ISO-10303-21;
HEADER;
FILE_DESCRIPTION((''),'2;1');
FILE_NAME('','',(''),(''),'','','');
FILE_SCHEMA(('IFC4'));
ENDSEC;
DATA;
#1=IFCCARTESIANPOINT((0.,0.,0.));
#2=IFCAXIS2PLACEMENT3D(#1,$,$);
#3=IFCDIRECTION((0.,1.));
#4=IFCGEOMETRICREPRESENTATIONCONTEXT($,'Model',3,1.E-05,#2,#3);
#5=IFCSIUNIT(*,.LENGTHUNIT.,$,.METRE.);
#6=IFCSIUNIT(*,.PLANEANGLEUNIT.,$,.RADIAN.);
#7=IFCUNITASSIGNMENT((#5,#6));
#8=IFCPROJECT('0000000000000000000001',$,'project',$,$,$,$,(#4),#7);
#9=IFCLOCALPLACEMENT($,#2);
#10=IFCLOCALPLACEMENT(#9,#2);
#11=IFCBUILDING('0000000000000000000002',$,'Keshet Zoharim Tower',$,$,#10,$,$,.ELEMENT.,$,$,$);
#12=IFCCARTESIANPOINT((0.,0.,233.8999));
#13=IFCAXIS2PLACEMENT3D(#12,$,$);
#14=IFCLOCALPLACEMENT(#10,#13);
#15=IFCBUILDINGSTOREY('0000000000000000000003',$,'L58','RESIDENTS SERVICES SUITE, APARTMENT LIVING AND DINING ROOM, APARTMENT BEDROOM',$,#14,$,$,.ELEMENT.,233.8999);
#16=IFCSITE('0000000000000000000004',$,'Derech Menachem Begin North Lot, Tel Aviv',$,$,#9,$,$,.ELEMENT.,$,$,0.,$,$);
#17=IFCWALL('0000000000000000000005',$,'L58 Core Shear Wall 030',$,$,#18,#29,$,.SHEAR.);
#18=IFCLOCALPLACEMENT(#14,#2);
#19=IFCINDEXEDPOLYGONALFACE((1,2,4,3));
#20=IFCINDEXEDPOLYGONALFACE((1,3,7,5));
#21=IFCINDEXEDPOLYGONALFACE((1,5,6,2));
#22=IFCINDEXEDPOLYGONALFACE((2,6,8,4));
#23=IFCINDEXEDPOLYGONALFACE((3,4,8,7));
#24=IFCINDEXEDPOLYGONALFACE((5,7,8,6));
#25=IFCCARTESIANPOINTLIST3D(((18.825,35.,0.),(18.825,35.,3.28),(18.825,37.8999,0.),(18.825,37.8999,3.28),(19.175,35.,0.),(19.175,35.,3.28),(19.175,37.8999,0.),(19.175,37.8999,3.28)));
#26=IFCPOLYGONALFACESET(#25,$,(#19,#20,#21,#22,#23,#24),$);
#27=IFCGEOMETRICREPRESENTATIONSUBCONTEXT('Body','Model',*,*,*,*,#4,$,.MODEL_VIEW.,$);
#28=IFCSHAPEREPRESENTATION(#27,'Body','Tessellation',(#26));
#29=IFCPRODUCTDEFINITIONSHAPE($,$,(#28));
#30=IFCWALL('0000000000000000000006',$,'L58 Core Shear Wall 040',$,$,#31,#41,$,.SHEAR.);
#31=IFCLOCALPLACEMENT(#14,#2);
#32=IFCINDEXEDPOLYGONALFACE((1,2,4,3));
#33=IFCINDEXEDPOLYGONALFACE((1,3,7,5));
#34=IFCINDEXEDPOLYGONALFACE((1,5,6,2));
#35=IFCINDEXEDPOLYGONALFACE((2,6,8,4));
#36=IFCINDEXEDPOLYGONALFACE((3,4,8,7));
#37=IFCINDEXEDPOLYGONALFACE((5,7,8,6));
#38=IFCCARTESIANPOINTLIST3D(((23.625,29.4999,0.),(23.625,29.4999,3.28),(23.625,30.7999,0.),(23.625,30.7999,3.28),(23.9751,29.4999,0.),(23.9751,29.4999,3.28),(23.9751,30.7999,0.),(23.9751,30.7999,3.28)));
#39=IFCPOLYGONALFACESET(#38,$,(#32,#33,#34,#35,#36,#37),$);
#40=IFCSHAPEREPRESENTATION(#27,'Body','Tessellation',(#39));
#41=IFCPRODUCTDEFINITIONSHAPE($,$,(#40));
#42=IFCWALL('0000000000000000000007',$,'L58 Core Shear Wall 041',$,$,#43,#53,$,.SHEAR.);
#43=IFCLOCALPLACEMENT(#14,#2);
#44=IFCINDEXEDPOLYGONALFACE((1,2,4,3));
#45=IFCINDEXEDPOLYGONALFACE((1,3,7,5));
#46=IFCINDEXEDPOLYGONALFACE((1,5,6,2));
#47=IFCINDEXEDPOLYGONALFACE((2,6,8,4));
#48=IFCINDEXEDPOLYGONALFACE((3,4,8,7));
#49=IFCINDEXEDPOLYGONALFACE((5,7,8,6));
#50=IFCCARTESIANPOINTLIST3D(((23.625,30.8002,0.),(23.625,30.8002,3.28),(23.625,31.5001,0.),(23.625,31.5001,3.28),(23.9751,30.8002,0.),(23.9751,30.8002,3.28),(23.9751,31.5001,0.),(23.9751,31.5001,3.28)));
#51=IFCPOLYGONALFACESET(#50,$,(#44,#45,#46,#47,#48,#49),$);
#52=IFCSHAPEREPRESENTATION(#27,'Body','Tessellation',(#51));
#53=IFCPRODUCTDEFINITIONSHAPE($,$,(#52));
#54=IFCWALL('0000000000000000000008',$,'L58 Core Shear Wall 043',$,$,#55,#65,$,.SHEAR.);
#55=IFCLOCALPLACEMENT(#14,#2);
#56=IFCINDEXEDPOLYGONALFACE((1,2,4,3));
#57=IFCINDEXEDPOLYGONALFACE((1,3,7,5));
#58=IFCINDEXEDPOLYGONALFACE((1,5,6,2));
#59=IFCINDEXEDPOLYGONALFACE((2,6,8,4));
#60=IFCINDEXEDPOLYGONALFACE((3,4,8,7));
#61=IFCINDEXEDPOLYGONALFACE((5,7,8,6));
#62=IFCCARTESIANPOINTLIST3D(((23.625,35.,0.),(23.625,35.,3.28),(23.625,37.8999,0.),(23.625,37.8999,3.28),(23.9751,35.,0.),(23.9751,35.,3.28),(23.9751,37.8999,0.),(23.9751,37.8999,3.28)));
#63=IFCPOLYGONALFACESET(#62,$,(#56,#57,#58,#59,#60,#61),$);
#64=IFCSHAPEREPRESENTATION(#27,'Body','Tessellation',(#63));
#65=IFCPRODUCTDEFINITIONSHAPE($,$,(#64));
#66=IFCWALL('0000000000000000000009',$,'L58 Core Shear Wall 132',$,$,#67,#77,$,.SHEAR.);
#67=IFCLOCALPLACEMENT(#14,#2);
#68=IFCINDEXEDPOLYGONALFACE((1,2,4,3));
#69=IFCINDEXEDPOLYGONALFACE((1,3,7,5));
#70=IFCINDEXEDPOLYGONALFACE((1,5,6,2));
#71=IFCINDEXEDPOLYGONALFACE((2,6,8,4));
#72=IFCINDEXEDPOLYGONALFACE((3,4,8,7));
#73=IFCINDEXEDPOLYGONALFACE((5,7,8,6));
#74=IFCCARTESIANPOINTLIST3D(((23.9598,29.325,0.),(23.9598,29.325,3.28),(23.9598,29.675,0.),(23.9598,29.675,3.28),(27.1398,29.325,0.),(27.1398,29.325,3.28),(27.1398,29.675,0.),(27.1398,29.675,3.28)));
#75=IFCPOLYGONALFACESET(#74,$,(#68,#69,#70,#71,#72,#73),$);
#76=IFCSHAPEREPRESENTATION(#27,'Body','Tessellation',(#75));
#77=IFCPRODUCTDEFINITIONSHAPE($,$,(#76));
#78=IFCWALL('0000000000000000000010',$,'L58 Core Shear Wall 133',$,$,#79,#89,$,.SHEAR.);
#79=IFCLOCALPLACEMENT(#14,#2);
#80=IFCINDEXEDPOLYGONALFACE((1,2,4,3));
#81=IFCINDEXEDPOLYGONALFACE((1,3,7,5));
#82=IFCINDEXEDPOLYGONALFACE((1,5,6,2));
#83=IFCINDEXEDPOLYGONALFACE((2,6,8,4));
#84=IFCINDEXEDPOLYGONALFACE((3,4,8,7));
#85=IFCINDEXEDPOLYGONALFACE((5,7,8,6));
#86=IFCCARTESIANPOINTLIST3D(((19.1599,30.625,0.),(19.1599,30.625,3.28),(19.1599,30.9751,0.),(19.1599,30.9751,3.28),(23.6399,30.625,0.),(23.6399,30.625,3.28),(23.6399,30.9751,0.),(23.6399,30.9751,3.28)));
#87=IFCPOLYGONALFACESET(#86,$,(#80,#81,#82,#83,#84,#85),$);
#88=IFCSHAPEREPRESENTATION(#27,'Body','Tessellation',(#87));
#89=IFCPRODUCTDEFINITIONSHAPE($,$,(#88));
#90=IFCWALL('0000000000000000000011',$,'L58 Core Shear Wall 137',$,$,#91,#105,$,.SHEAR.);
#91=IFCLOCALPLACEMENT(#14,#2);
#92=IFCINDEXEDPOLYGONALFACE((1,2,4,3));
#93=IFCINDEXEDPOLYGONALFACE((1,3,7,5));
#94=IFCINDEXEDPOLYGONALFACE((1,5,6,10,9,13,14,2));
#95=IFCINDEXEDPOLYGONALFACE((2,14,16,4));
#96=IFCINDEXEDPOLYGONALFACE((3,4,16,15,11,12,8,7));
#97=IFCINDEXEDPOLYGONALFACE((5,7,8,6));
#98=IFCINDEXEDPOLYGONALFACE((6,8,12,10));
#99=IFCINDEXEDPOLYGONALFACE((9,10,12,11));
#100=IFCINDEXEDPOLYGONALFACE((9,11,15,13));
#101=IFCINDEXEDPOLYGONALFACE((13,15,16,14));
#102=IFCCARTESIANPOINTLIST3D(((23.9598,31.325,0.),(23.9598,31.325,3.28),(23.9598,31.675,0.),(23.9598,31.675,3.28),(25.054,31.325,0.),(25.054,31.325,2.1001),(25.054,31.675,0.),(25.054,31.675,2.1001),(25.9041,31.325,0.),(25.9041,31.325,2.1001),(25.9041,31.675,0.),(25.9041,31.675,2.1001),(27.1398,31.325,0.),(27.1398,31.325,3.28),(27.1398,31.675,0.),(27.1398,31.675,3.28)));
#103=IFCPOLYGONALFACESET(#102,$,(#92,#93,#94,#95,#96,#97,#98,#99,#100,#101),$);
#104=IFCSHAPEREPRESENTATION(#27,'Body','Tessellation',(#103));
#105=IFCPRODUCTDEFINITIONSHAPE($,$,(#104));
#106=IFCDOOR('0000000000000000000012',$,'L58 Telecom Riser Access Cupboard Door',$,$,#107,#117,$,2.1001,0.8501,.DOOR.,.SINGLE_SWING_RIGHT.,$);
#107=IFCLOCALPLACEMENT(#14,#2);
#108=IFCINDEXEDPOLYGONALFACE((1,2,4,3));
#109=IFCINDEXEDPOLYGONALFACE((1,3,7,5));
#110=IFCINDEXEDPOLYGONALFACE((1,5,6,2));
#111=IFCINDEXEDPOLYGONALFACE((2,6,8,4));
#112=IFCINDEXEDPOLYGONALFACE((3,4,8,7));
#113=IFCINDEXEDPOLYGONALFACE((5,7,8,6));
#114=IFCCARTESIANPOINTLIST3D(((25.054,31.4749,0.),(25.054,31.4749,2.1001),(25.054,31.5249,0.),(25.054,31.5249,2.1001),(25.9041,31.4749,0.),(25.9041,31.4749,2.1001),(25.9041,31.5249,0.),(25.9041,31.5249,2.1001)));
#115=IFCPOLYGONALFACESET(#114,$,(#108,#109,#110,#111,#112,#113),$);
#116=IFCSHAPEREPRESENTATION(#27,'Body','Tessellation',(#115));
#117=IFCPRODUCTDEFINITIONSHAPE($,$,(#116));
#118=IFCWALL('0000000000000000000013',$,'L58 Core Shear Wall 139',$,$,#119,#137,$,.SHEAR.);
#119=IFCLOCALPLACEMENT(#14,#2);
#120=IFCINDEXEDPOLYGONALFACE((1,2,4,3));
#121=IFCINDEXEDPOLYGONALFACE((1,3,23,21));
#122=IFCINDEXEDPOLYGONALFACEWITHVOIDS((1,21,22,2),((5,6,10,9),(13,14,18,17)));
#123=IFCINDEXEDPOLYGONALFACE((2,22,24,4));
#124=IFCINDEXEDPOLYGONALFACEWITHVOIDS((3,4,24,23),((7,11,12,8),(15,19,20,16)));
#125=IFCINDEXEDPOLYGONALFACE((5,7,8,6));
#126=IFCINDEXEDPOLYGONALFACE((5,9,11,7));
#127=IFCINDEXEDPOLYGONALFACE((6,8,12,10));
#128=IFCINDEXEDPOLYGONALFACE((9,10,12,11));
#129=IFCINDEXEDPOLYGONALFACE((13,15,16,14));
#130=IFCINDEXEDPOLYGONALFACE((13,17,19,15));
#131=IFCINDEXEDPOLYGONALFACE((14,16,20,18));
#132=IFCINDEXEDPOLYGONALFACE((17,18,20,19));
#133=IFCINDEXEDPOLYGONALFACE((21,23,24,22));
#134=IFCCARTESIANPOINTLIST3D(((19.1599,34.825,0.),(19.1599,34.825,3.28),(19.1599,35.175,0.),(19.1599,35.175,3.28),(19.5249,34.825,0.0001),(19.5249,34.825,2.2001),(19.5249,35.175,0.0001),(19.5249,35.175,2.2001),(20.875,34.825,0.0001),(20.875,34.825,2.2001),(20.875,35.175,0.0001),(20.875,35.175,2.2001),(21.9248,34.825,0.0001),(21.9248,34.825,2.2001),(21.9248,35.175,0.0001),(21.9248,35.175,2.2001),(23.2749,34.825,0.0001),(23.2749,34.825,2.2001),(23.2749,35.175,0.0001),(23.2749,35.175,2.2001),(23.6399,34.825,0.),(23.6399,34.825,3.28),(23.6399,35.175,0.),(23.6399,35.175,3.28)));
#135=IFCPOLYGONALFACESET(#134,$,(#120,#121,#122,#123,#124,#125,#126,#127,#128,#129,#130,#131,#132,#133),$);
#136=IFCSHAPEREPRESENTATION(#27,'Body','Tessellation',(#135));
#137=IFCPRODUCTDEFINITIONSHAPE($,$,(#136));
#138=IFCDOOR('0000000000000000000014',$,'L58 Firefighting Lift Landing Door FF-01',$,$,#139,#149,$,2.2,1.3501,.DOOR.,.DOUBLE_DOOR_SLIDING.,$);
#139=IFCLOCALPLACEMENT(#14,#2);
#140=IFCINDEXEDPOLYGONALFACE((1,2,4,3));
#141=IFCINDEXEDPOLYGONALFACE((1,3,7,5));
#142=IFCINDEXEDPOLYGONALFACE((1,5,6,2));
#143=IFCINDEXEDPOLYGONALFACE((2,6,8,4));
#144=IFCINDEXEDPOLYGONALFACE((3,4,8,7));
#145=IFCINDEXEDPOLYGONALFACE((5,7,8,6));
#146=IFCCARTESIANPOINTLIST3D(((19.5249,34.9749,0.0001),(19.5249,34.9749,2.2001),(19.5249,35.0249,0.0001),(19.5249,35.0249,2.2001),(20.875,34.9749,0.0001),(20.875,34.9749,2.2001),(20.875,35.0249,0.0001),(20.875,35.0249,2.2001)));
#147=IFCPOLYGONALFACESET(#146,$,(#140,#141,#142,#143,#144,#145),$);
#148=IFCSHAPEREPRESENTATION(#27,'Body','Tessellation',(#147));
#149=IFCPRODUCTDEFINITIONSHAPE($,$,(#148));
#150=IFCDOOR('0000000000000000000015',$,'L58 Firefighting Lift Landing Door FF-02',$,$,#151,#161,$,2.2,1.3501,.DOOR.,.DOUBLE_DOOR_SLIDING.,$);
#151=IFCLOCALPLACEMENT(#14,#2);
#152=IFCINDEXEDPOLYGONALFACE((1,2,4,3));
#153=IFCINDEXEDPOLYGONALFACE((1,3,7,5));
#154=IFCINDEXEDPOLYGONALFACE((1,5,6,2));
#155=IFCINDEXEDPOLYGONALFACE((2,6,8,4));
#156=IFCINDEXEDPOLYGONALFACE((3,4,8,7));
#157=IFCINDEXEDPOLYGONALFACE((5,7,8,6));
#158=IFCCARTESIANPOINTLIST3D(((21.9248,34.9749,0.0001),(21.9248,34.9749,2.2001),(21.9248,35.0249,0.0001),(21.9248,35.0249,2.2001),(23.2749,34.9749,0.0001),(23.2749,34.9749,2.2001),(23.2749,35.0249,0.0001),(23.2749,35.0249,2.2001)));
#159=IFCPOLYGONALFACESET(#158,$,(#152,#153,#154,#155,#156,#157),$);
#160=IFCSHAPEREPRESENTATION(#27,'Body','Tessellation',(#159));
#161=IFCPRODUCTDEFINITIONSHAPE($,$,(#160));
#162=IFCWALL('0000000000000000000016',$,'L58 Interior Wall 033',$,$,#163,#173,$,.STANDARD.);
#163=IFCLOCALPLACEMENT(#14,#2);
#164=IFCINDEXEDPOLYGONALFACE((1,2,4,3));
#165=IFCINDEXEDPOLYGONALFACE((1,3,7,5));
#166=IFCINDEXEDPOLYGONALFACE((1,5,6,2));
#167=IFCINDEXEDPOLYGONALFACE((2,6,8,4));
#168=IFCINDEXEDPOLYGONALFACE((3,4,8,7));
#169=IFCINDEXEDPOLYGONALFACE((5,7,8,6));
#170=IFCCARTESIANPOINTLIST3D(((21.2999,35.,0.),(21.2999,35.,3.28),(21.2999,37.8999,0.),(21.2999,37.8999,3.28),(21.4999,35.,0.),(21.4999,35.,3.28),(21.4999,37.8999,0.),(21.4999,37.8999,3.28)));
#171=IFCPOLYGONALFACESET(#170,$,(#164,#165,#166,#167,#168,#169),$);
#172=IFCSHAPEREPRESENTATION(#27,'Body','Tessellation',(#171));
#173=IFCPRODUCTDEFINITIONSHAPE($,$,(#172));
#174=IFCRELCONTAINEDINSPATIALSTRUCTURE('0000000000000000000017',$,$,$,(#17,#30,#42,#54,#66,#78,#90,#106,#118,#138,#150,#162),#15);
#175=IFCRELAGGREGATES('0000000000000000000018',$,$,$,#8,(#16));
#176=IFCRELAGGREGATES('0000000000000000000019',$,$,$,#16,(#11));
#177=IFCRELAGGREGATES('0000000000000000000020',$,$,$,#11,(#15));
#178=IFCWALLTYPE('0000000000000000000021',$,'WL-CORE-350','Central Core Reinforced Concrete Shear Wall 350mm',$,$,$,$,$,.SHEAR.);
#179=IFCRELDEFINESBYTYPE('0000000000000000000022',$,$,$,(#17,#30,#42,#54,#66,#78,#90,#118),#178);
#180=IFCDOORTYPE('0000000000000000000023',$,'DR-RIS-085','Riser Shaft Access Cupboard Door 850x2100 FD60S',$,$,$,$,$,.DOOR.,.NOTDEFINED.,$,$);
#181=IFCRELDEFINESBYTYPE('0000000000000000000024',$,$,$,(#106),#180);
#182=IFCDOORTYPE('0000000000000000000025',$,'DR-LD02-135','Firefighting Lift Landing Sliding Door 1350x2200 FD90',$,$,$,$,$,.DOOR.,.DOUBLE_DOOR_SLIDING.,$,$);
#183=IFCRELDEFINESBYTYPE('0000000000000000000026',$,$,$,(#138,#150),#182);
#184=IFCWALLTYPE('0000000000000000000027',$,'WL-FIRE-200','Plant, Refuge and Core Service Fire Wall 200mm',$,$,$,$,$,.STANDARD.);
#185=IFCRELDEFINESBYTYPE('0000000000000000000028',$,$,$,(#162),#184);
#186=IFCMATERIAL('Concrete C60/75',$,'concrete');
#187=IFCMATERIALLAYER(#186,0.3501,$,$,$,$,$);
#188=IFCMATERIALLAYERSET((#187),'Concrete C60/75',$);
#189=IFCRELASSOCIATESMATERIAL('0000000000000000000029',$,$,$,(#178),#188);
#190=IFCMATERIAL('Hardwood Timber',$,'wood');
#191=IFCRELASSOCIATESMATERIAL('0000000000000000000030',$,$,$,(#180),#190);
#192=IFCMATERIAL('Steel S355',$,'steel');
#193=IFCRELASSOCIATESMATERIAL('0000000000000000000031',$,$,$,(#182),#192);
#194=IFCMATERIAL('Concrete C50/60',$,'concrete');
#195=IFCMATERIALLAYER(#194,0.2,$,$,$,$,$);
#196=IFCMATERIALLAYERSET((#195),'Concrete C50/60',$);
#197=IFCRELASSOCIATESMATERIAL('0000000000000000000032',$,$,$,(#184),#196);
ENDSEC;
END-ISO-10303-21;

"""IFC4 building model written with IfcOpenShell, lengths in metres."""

from ifc_helpers import new_model, si_unit, direction, frame, frame_2d, origin, place, context, subcontext, project, spatial, rectangle, extrude, material, layer, layer_set, type_object, element, fill, save


model = new_model("IFC4")

# Units and contexts
model_context = context("Model", 3, precision=1e-05, world=origin(), true_north=direction((0.0, 1.0)))
body_context = subcontext(model_context, "Body", "Model", "MODEL_VIEW")
ifc_project = project(units=[si_unit("LENGTHUNIT", "METRE"), si_unit("PLANEANGLEUNIT", "RADIAN")], contexts=[model_context])

# Site, building, storey
site_placement = place(None, origin())
site = spatial("IfcSite", under=ifc_project, at=site_placement, Name="Derech Menachem Begin North Lot, Tel Aviv", CompositionType="ELEMENT", RefElevation=0.0)
building_placement = place(site_placement, origin())
building = spatial("IfcBuilding", under=site, at=building_placement, Name="Keshet Zoharim Tower", CompositionType="ELEMENT")
storey_placement = place(building_placement, frame((0.0, 0.0, 233.8999)))
storey = spatial("IfcBuildingStorey", under=building, at=storey_placement, Name="L58", Description="RESIDENTS SERVICES SUITE, APARTMENT LIVING AND DINING ROOM, APARTMENT BEDROOM", CompositionType="ELEMENT", Elevation=233.8999)

# Walls
ifc_material_1 = material(Name="Concrete C60/75", Category="concrete")
ifc_layer_1 = layer(ifc_material_1, 0.3501)
ifc_layer_set_1 = layer_set([ifc_layer_1], Name="Concrete C60/75")
wall_type_1 = type_object("IfcWallType", Name="WL-CORE-350", Description="Central Core Reinforced Concrete Shear Wall 350mm", PredefinedType="SHEAR", material=ifc_layer_set_1)
wall_1_placement = place(storey_placement, frame((19.0, 35.0, 0.0), z_axis=(0.0, 0.0, 1.0), x_axis=(0.0, 1.0, 0.0)))
element("IfcWall", 1, at=wall_1_placement, inside=storey, type_object=wall_type_1, Name="L58 Core Shear Wall 030", PredefinedType="SHEAR", context=body_context, shape_type="SweptSolid", body=[
    extrude(rectangle(XDim=2.8999, YDim=0.3501, at=frame_2d((1.45, 0.0))), origin(), (0.0, 0.0, 1.0), 3.28),
])
wall_2_placement = place(storey_placement, frame((23.8, 29.5, 0.0), z_axis=(0.0, 0.0, 1.0), x_axis=(0.0, 1.0, 0.0)))
element("IfcWall", 2, at=wall_2_placement, inside=storey, type_object=wall_type_1, Name="L58 Core Shear Wall 040", PredefinedType="SHEAR", context=body_context, shape_type="SweptSolid", body=[
    extrude(rectangle(XDim=1.3, YDim=0.3501, at=frame_2d((0.6499, 0.0))), origin(), (0.0, 0.0, 1.0), 3.28),
])
wall_3_placement = place(storey_placement, frame((23.8, 30.8, 0.0), z_axis=(0.0, 0.0, 1.0), x_axis=(0.0, 1.0, 0.0)))
element("IfcWall", 3, at=wall_3_placement, inside=storey, type_object=wall_type_1, Name="L58 Core Shear Wall 041", PredefinedType="SHEAR", context=body_context, shape_type="SweptSolid", body=[
    extrude(rectangle(XDim=0.7, YDim=0.3501, at=frame_2d((0.3501, 0.0))), origin(), (0.0, 0.0, 1.0), 3.28),
])

# Shared definitions
ifc_material_2 = material(Name="Hardwood Timber", Category="wood")

# Walls
wall_4_placement = place(storey_placement, frame((23.8, 35.0, 0.0), z_axis=(0.0, 0.0, 1.0), x_axis=(0.0, 1.0, 0.0)))
element("IfcWall", 4, at=wall_4_placement, inside=storey, type_object=wall_type_1, Name="L58 Core Shear Wall 043", PredefinedType="SHEAR", context=body_context, shape_type="SweptSolid", body=[
    extrude(rectangle(XDim=2.8999, YDim=0.3501, at=frame_2d((1.45, 0.0))), origin(), (0.0, 0.0, 1.0), 3.28),
])
wall_5_placement = place(storey_placement, frame((23.96, 29.5, 0.0), z_axis=(0.0, 0.0, 1.0), x_axis=(1.0, 0.0, 0.0)))
element("IfcWall", 5, at=wall_5_placement, inside=storey, type_object=wall_type_1, Name="L58 Core Shear Wall 132", PredefinedType="SHEAR", context=body_context, shape_type="SweptSolid", body=[
    extrude(rectangle(XDim=3.1799, YDim=0.3501, at=frame_2d((1.5898, 0.0))), origin(), (0.0, 0.0, 1.0), 3.28),
])
wall_6_placement = place(storey_placement, frame((19.1599, 30.8, 0.0), z_axis=(0.0, 0.0, 1.0), x_axis=(1.0, 0.0, 0.0)))
element("IfcWall", 6, at=wall_6_placement, inside=storey, type_object=wall_type_1, Name="L58 Core Shear Wall 133", PredefinedType="SHEAR", context=body_context, shape_type="SweptSolid", body=[
    extrude(rectangle(XDim=4.48, YDim=0.3501, at=frame_2d((2.24, 0.0))), origin(), (0.0, 0.0, 1.0), 3.28),
])

# Wall, opening, door
wall_7_placement = place(storey_placement, frame((23.96, 31.5, 0.0), z_axis=(0.0, 0.0, 1.0), x_axis=(1.0, 0.0, 0.0)))
wall_7 = element("IfcWall", 7, at=wall_7_placement, inside=storey, type_object=wall_type_1, Name="L58 Core Shear Wall 137", PredefinedType="SHEAR", context=body_context, shape_type="SweptSolid", body=[
    extrude(rectangle(XDim=3.1799, YDim=0.3501, at=frame_2d((1.5898, 0.0))), origin(), (0.0, 0.0, 1.0), 3.28),
])
opening_1_placement = place(wall_7_placement, frame((1.094, 0.0, 0.0)))
opening_1 = element("IfcOpeningElement", 8, at=opening_1_placement, cuts=wall_7, PredefinedType="OPENING", context=body_context, shape_type="SweptSolid", body=[
    extrude(rectangle(XDim=0.8501, YDim=2.1001, at=frame_2d((0.425, 1.05))), frame((0.0, 0.1851, 0.0), z_axis=(0.0, -1.0, 0.0), x_axis=(1.0, 0.0, 0.0)), (0.0, 0.0, 1.0), 0.3701),
])
door_type_1 = type_object("IfcDoorType", Name="DR-RIS-085", Description="Riser Shaft Access Cupboard Door 850x2100 FD60S", OperationType="NOTDEFINED", PredefinedType="DOOR", material=ifc_material_2)
door_1_placement = place(opening_1_placement, origin())
door_1 = element("IfcDoor", 9, at=door_1_placement, inside=storey, type_object=door_type_1, Name="L58 Telecom Riser Access Cupboard Door", OperationType="SINGLE_SWING_RIGHT", OverallHeight=2.1001, OverallWidth=0.8501, PredefinedType="DOOR", context=body_context, shape_type="SweptSolid", body=[
    extrude(rectangle(XDim=0.8501, YDim=2.1001, at=frame_2d((0.425, 1.05))), frame((0.0, 0.0249, 0.0), z_axis=(0.0, -1.0, 0.0), x_axis=(1.0, 0.0, 0.0)), (0.0, 0.0, 1.0), 0.05),
])
fill(opening_1, door_1)

# Wall, openings, doors
wall_8_placement = place(storey_placement, frame((19.1599, 35.0, 0.0), z_axis=(0.0, 0.0, 1.0), x_axis=(1.0, 0.0, 0.0)))
wall_8 = element("IfcWall", 10, at=wall_8_placement, inside=storey, type_object=wall_type_1, Name="L58 Core Shear Wall 139", PredefinedType="SHEAR", context=body_context, shape_type="SweptSolid", body=[
    extrude(rectangle(XDim=4.48, YDim=0.3501, at=frame_2d((2.24, 0.0))), origin(), (0.0, 0.0, 1.0), 3.28),
])
opening_2_placement = place(wall_8_placement, frame((0.365, 0.0, 0.0)))
opening_2 = element("IfcOpeningElement", 11, at=opening_2_placement, cuts=wall_8, PredefinedType="OPENING", context=body_context, shape_type="SweptSolid", body=[
    extrude(rectangle(XDim=1.3501, YDim=2.2, at=frame_2d((0.675, 1.1001))), frame((0.0, 0.1851, 0.0), z_axis=(0.0, -1.0, 0.0), x_axis=(1.0, 0.0, 0.0)), (0.0, 0.0, 1.0), 0.3701),
])
opening_3_placement = place(wall_8_placement, frame((2.7649, 0.0, 0.0)))
opening_3 = element("IfcOpeningElement", 12, at=opening_3_placement, cuts=wall_8, PredefinedType="OPENING", context=body_context, shape_type="SweptSolid", body=[
    extrude(rectangle(XDim=1.3501, YDim=2.2, at=frame_2d((0.675, 1.1001))), frame((0.0, 0.1851, 0.0), z_axis=(0.0, -1.0, 0.0), x_axis=(1.0, 0.0, 0.0)), (0.0, 0.0, 1.0), 0.3701),
])
ifc_material_3 = material(Name="Steel S355", Category="steel")
door_type_2 = type_object("IfcDoorType", Name="DR-LD02-135", Description="Firefighting Lift Landing Sliding Door 1350x2200 FD90", OperationType="DOUBLE_DOOR_SLIDING", PredefinedType="DOOR", material=ifc_material_3)
door_2_placement = place(opening_2_placement, origin())
door_2 = element("IfcDoor", 13, at=door_2_placement, inside=storey, type_object=door_type_2, Name="L58 Firefighting Lift Landing Door FF-01", OperationType="DOUBLE_DOOR_SLIDING", OverallHeight=2.2, OverallWidth=1.3501, PredefinedType="DOOR", context=body_context, shape_type="SweptSolid", body=[
    extrude(rectangle(XDim=1.3501, YDim=2.2, at=frame_2d((0.675, 1.1001))), frame((0.0, 0.0249, 0.0), z_axis=(0.0, -1.0, 0.0), x_axis=(1.0, 0.0, 0.0)), (0.0, 0.0, 1.0), 0.05),
])
fill(opening_2, door_2)
door_3_placement = place(opening_3_placement, origin())
door_3 = element("IfcDoor", 14, at=door_3_placement, inside=storey, type_object=door_type_2, Name="L58 Firefighting Lift Landing Door FF-02", OperationType="DOUBLE_DOOR_SLIDING", OverallHeight=2.2, OverallWidth=1.3501, PredefinedType="DOOR", context=body_context, shape_type="SweptSolid", body=[
    extrude(rectangle(XDim=1.3501, YDim=2.2, at=frame_2d((0.675, 1.1001))), frame((0.0, 0.0249, 0.0), z_axis=(0.0, -1.0, 0.0), x_axis=(1.0, 0.0, 0.0)), (0.0, 0.0, 1.0), 0.05),
])
fill(opening_3, door_3)

# Wall
ifc_material_4 = material(Name="Concrete C50/60", Category="concrete")
ifc_layer_2 = layer(ifc_material_4, 0.2)
ifc_layer_set_2 = layer_set([ifc_layer_2], Name="Concrete C50/60")
wall_type_2 = type_object("IfcWallType", Name="WL-FIRE-200", Description="Plant, Refuge and Core Service Fire Wall 200mm", PredefinedType="STANDARD", material=ifc_layer_set_2)
wall_9_placement = place(storey_placement, frame((21.3999, 35.0, 0.0), z_axis=(0.0, 0.0, 1.0), x_axis=(0.0, 1.0, 0.0)))
element("IfcWall", 15, at=wall_9_placement, inside=storey, type_object=wall_type_2, Name="L58 Interior Wall 033", PredefinedType="STANDARD", context=body_context, shape_type="SweptSolid", body=[
    extrude(rectangle(XDim=2.8999, YDim=0.2, at=frame_2d((1.45, 0.0))), origin(), (0.0, 0.0, 1.0), 3.28),
])

save(model, "model.ifc")
